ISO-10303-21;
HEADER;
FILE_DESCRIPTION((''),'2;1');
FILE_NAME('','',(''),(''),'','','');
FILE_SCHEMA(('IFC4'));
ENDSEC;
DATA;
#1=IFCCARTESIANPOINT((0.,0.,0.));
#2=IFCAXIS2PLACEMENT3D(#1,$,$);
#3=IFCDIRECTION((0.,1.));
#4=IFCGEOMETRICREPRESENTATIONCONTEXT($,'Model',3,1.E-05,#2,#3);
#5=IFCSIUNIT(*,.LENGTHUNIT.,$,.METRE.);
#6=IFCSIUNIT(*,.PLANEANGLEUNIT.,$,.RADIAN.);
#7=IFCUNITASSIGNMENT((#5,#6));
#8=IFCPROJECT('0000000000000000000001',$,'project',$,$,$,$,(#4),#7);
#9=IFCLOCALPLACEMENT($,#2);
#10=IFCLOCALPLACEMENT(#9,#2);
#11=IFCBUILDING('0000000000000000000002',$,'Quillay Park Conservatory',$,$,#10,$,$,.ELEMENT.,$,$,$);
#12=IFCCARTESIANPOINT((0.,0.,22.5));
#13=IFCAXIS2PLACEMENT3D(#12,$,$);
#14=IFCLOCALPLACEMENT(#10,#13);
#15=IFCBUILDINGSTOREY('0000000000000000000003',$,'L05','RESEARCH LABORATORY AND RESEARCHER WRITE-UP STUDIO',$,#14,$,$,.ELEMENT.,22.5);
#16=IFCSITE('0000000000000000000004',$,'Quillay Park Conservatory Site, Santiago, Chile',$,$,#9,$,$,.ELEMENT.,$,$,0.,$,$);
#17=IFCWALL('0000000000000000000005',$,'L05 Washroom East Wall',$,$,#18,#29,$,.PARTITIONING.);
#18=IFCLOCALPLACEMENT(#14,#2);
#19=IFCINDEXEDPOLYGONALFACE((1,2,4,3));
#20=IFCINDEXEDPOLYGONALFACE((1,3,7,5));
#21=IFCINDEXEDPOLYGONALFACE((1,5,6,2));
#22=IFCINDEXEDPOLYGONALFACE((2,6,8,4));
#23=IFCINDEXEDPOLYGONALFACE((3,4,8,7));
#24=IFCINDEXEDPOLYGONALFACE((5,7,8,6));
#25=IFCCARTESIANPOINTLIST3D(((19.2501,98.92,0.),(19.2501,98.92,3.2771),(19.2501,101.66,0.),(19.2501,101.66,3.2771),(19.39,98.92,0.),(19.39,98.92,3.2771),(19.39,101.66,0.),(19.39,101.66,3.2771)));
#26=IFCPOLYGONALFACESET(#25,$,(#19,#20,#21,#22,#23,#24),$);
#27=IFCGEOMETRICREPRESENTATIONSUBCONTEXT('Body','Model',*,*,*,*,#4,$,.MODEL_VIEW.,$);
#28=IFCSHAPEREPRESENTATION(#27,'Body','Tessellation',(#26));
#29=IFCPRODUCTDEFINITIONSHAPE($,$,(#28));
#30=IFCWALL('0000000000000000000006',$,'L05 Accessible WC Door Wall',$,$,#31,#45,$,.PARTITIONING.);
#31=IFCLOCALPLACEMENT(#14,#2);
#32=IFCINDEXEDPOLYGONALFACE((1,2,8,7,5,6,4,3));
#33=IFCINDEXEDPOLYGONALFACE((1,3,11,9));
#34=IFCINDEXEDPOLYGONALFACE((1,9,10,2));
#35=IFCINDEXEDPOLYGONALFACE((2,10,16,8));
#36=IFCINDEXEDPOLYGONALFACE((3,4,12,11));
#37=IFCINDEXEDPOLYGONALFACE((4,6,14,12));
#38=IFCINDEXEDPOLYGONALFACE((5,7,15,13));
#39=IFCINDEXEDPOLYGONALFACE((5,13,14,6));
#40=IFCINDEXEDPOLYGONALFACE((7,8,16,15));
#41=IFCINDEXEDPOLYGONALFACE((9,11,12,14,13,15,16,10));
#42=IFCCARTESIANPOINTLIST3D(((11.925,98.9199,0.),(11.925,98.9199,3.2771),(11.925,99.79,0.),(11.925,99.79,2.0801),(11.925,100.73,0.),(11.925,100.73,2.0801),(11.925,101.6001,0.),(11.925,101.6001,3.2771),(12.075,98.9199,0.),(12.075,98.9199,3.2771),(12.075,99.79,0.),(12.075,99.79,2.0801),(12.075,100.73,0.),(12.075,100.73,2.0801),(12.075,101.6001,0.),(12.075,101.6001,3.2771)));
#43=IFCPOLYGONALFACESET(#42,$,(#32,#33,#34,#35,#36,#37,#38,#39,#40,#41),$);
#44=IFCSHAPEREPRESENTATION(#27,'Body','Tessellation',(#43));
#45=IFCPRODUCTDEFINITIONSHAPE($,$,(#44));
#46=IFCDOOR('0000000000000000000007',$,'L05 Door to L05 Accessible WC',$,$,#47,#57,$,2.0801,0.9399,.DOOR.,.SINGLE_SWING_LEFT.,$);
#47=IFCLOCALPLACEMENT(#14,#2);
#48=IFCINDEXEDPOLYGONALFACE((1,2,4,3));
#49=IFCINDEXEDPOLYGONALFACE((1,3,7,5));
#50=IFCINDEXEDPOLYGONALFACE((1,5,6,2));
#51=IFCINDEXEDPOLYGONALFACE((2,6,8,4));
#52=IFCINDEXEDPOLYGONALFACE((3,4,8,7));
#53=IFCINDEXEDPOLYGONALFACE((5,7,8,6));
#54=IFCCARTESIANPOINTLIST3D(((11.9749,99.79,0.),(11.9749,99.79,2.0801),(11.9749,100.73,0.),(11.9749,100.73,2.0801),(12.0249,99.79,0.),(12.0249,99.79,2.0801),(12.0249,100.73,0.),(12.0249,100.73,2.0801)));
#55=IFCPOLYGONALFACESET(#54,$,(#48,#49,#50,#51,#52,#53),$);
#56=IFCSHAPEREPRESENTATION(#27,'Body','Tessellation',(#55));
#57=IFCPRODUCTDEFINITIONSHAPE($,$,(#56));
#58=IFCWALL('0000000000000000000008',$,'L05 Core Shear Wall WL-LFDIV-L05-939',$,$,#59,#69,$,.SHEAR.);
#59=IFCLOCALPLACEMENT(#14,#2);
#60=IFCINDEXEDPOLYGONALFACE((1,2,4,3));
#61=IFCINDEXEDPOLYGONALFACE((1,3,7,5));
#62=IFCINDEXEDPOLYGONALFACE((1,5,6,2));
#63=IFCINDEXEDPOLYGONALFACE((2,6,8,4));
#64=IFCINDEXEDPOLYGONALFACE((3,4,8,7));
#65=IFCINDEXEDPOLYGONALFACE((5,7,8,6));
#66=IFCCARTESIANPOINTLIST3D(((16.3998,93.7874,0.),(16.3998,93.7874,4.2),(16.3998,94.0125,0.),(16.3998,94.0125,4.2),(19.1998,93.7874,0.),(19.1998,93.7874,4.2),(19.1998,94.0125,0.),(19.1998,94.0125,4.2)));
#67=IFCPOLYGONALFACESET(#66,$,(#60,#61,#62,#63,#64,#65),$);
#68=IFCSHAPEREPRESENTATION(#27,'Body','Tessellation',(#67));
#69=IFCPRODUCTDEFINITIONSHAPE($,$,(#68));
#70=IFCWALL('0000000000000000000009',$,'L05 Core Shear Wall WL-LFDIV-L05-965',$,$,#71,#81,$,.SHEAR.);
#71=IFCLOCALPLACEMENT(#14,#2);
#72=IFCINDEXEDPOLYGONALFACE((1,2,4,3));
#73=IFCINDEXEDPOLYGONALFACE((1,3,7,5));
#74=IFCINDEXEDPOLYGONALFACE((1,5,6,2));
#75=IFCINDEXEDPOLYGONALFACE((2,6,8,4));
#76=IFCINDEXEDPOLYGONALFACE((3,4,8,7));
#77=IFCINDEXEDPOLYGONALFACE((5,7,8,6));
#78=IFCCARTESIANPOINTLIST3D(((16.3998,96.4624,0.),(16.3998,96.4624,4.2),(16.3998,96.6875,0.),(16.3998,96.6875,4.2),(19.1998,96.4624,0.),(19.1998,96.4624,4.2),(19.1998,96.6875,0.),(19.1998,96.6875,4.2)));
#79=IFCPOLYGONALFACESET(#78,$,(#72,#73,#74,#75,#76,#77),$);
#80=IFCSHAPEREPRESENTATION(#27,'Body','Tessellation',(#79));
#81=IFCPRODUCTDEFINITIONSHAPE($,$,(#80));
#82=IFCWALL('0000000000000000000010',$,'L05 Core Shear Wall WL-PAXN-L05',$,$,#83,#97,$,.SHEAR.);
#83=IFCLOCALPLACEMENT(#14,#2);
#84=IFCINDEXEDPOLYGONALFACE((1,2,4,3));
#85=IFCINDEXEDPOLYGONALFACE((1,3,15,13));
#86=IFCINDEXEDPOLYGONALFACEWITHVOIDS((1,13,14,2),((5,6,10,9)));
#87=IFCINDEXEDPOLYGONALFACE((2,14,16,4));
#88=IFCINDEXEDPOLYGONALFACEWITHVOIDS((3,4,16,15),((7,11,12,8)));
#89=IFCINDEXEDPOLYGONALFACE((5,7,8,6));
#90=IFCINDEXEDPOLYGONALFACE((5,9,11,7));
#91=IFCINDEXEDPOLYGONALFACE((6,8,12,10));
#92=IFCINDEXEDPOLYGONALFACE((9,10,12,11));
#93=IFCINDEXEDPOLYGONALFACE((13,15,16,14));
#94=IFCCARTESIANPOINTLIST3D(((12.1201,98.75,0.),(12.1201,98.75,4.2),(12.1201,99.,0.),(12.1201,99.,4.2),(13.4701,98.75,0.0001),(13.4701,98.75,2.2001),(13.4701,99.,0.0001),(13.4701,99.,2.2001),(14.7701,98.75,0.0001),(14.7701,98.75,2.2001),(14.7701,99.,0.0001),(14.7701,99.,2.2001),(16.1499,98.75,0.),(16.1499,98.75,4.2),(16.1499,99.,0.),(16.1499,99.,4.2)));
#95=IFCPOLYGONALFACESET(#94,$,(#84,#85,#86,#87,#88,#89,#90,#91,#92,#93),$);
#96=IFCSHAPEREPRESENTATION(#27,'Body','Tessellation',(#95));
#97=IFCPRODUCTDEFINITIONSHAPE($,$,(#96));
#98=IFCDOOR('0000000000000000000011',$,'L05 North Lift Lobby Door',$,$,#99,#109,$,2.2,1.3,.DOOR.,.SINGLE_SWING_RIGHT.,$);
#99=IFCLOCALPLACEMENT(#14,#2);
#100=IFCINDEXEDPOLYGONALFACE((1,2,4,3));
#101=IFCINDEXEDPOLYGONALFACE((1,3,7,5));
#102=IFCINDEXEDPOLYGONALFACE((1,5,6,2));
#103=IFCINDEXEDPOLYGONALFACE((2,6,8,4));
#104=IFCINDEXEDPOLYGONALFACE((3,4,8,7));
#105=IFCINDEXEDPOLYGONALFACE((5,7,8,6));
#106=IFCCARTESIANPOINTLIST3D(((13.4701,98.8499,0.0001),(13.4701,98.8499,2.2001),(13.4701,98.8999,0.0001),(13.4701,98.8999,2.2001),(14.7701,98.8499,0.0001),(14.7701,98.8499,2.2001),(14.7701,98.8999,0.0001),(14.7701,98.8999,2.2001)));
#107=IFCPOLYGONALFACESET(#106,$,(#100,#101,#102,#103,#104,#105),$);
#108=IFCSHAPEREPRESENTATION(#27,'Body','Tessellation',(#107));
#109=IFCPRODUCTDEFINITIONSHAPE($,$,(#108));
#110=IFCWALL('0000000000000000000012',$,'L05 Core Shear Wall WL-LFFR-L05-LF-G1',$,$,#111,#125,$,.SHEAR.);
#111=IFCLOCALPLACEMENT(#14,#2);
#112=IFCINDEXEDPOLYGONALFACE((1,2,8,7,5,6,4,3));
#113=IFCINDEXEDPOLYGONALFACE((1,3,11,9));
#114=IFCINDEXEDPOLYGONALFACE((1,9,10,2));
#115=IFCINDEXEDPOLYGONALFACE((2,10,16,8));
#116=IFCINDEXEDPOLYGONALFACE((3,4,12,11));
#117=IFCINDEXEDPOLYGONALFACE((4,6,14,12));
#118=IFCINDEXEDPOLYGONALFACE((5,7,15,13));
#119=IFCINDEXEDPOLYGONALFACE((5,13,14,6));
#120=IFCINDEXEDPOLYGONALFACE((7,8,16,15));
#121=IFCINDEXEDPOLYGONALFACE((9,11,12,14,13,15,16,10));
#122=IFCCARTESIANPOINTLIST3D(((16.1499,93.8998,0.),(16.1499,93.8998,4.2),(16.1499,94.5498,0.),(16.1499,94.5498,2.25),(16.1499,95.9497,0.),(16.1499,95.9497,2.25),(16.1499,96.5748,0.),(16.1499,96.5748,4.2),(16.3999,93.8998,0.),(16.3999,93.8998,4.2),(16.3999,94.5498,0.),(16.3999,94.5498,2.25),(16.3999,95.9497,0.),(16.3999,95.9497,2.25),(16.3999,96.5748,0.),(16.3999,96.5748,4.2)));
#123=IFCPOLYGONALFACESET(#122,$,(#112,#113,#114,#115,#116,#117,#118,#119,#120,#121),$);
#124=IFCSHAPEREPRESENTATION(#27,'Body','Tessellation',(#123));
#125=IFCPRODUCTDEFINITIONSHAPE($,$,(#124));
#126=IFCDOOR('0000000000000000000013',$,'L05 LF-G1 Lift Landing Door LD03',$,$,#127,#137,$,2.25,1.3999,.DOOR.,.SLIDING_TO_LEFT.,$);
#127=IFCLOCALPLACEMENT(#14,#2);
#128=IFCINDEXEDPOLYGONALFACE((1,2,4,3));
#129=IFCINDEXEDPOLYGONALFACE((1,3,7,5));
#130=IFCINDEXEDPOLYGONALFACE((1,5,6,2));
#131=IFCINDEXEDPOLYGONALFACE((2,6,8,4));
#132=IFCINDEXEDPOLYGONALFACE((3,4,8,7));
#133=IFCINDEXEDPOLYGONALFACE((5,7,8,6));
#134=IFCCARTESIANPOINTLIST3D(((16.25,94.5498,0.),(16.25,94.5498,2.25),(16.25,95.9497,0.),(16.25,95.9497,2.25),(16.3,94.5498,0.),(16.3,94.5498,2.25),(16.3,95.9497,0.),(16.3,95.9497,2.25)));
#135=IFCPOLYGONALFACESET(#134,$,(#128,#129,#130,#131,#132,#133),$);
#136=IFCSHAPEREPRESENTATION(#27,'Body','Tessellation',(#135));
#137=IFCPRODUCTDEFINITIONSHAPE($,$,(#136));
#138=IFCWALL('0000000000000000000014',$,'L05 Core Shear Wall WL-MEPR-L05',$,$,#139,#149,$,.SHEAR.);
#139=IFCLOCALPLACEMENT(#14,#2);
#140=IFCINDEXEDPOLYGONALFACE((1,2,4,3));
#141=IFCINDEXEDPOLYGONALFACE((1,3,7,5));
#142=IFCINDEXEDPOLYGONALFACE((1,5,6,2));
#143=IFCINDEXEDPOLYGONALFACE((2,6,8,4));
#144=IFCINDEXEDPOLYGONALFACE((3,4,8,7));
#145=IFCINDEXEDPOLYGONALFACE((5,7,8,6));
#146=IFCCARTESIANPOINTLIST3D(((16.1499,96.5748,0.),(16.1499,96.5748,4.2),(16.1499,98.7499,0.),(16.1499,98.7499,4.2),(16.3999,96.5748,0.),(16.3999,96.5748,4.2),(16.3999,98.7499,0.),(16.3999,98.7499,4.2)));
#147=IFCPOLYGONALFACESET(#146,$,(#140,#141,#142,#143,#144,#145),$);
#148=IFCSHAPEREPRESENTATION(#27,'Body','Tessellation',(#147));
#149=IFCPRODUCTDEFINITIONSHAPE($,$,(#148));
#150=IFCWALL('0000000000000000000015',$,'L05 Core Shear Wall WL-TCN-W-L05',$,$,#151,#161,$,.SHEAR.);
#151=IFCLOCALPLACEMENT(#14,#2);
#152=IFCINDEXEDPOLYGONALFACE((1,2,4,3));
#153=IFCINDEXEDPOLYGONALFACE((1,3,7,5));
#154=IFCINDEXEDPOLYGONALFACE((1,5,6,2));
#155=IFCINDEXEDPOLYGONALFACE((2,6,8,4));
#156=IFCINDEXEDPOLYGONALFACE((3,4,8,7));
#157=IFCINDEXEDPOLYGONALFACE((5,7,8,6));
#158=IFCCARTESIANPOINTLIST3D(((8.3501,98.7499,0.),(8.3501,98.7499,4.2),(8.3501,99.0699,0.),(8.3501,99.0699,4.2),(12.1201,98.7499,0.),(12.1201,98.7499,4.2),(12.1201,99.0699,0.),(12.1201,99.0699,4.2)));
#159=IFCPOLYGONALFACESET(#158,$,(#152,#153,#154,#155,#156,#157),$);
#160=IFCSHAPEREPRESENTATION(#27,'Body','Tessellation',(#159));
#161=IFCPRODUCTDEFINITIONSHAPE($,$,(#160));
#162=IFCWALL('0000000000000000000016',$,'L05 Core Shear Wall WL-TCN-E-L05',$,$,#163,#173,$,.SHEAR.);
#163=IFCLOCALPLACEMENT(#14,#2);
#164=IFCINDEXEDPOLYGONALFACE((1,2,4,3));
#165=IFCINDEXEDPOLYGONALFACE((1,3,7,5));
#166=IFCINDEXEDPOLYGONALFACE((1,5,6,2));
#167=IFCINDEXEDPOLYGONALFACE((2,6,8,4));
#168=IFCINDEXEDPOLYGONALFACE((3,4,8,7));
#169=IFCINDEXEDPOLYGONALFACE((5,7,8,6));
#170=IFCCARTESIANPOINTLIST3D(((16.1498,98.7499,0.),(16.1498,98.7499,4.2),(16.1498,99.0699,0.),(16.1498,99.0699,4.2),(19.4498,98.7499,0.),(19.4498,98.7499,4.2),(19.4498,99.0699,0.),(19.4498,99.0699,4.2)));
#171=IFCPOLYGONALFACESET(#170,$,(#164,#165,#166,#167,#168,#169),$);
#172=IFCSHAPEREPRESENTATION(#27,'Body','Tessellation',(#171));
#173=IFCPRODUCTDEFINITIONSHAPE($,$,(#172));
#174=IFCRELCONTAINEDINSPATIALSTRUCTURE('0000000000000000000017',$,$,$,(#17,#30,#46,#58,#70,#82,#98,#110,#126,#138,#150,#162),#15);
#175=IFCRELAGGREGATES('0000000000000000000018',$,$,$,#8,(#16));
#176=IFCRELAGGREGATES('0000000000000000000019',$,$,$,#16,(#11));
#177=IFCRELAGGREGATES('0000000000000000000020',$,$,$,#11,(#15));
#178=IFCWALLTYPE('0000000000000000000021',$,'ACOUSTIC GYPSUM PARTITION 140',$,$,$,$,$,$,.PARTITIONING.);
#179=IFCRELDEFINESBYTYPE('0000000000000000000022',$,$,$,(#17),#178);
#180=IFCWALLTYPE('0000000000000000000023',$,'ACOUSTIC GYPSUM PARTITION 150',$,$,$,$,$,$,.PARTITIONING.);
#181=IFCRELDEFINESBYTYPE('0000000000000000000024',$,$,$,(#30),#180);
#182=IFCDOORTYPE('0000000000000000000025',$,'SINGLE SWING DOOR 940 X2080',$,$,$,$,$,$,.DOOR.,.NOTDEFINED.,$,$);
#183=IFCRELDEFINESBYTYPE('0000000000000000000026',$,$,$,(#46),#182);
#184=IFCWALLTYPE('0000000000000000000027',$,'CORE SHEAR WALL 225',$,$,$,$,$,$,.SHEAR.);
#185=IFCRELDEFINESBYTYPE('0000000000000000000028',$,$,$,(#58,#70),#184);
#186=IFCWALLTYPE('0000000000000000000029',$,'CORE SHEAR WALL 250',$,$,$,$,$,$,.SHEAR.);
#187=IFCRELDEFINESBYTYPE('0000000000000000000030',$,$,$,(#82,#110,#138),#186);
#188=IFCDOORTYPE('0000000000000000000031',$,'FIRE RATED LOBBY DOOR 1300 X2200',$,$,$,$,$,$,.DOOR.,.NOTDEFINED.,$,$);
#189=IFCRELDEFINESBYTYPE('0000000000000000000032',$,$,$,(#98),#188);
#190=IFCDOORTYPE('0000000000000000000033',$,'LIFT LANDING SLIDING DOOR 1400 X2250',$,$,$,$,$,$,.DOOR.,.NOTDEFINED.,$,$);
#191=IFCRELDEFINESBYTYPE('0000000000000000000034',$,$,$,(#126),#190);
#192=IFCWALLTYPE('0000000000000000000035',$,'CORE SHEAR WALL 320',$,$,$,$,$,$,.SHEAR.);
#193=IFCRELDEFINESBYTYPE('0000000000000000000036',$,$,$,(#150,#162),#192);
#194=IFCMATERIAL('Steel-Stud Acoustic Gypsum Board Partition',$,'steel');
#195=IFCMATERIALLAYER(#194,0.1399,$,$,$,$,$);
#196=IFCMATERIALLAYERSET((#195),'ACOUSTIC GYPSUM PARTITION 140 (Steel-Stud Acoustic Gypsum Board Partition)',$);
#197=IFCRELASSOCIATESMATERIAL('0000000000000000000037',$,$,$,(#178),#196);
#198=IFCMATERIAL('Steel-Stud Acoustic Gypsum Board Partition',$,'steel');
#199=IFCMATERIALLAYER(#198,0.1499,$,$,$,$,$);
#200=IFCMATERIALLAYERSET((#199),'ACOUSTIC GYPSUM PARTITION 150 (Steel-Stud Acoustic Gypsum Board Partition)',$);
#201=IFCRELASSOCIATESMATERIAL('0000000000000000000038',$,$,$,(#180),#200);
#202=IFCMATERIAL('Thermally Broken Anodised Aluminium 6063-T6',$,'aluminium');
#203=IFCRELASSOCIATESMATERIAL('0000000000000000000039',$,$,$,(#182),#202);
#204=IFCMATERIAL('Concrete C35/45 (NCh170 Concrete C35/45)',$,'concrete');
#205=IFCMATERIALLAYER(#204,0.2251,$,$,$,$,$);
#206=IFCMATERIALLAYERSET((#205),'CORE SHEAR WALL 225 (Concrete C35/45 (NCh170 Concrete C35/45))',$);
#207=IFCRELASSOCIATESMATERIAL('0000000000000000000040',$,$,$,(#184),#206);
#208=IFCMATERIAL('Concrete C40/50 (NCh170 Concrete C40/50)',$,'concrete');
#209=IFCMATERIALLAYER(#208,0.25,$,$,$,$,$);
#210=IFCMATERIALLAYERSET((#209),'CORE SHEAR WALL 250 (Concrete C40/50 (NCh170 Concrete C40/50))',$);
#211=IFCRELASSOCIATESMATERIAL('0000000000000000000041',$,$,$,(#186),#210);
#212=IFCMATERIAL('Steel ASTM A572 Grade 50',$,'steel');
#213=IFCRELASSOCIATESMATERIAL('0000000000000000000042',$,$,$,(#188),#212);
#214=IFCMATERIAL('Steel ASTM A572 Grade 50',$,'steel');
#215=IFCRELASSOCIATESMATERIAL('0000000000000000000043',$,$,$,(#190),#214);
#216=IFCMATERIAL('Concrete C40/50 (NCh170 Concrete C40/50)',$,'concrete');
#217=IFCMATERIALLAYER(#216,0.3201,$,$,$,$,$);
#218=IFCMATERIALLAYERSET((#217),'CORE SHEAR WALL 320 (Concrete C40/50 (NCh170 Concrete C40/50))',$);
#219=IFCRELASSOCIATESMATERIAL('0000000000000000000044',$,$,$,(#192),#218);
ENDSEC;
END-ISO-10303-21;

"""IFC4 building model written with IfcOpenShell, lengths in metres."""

from ifc_helpers import new_model, si_unit, direction, frame, frame_2d, origin, place, context, subcontext, project, spatial, rectangle, extrude, material, layer, layer_set, type_object, element, fill, save


model = new_model("IFC4")

# Units and contexts
model_context = context("Model", 3, precision=1e-05, world=origin(), true_north=direction((0.0, 1.0)))
body_context = subcontext(model_context, "Body", "Model", "MODEL_VIEW")
ifc_project = project(units=[si_unit("LENGTHUNIT", "METRE"), si_unit("PLANEANGLEUNIT", "RADIAN")], contexts=[model_context])

# Site, building, storey
site_placement = place(None, origin())
site = spatial("IfcSite", under=ifc_project, at=site_placement, Name="Quillay Park Conservatory Site, Santiago, Chile", CompositionType="ELEMENT", RefElevation=0.0)
building_placement = place(site_placement, origin())
building = spatial("IfcBuilding", under=site, at=building_placement, Name="Quillay Park Conservatory", CompositionType="ELEMENT")
storey_placement = place(building_placement, frame((0.0, 0.0, 22.5)))
storey = spatial("IfcBuildingStorey", under=building, at=storey_placement, Name="L05", Description="RESEARCH LABORATORY AND RESEARCHER WRITE-UP STUDIO", CompositionType="ELEMENT", Elevation=22.5)

# Wall
ifc_material_1 = material(Name="Steel-Stud Acoustic Gypsum Board Partition", Category="steel")
ifc_layer_1 = layer(ifc_material_1, 0.1399)
ifc_layer_set_1 = layer_set([ifc_layer_1], Name="ACOUSTIC GYPSUM PARTITION 140 (Steel-Stud Acoustic Gypsum Board Partition)")
wall_type_1 = type_object("IfcWallType", Name="ACOUSTIC GYPSUM PARTITION 140", PredefinedType="PARTITIONING", material=ifc_layer_set_1)
wall_1_placement = place(storey_placement, frame((19.3201, 98.9199, 0.0), z_axis=(0.0, 0.0, 1.0), x_axis=(0.0, 1.0, 0.0)))
element("IfcWall", 1, at=wall_1_placement, inside=storey, type_object=wall_type_1, Name="L05 Washroom East Wall", PredefinedType="PARTITIONING", context=body_context, shape_type="SweptSolid", body=[
    extrude(rectangle(XDim=2.74, YDim=0.1399, at=frame_2d((1.3701, 0.0))), origin(), (0.0, 0.0, 1.0), 3.2771),
])

# Wall, opening, door
ifc_material_2 = material(Name="Steel-Stud Acoustic Gypsum Board Partition", Category="steel")
ifc_layer_2 = layer(ifc_material_2, 0.1499)
ifc_layer_set_2 = layer_set([ifc_layer_2], Name="ACOUSTIC GYPSUM PARTITION 150 (Steel-Stud Acoustic Gypsum Board Partition)")
wall_type_2 = type_object("IfcWallType", Name="ACOUSTIC GYPSUM PARTITION 150", PredefinedType="PARTITIONING", material=ifc_layer_set_2)
wall_2_placement = place(storey_placement, frame((12.0, 101.6001, 0.0), z_axis=(0.0, 0.0, 1.0), x_axis=(0.0, -1.0, 0.0)))
wall_2 = element("IfcWall", 2, at=wall_2_placement, inside=storey, type_object=wall_type_2, Name="L05 Accessible WC Door Wall", PredefinedType="PARTITIONING", context=body_context, shape_type="SweptSolid", body=[
    extrude(rectangle(XDim=2.6802, YDim=0.1499, at=frame_2d((1.3401, 0.0))), origin(), (0.0, 0.0, 1.0), 3.2771),
])
opening_1_placement = place(wall_2_placement, frame((0.8701, 0.0, 0.0)))
opening_1 = element("IfcOpeningElement", 3, at=opening_1_placement, cuts=wall_2, PredefinedType="OPENING", context=body_context, shape_type="SweptSolid", body=[
    extrude(rectangle(XDim=0.9399, YDim=2.0801, at=frame_2d((0.47, 1.04))), frame((0.0, 0.075, 0.0), z_axis=(0.0, -1.0, 0.0), x_axis=(1.0, 0.0, 0.0)), (0.0, 0.0, 1.0), 0.1499),
])
ifc_material_3 = material(Name="Thermally Broken Anodised Aluminium 6063-T6", Category="aluminium")
door_type_1 = type_object("IfcDoorType", Name="SINGLE SWING DOOR 940 X2080", OperationType="NOTDEFINED", PredefinedType="DOOR", material=ifc_material_3)
door_1_placement = place(opening_1_placement, origin())
door_1 = element("IfcDoor", 4, at=door_1_placement, inside=storey, type_object=door_type_1, Name="L05 Door to L05 Accessible WC", OperationType="SINGLE_SWING_LEFT", OverallHeight=2.0801, OverallWidth=0.9399, PredefinedType="DOOR", context=body_context, shape_type="SweptSolid", body=[
    extrude(rectangle(XDim=0.9399, YDim=2.0801, at=frame_2d((0.47, 1.04))), frame((0.0, 0.0249, 0.0), z_axis=(0.0, -1.0, 0.0), x_axis=(1.0, 0.0, 0.0)), (0.0, 0.0, 1.0), 0.05),
])
fill(opening_1, door_1)

# Walls
ifc_material_4 = material(Name="Concrete C35/45 (NCh170 Concrete C35/45)", Category="concrete")
ifc_layer_3 = layer(ifc_material_4, 0.2251)
ifc_layer_set_3 = layer_set([ifc_layer_3], Name="CORE SHEAR WALL 225 (Concrete C35/45 (NCh170 Concrete C35/45))")
wall_type_3 = type_object("IfcWallType", Name="CORE SHEAR WALL 225", PredefinedType="SHEAR", material=ifc_layer_set_3)
for number, where, z_axis, x_axis, name in (
    (5, (16.3999, 93.8999, 0.0), (0.0, 0.0, 1.0), (1.0, 0.0, 0.0), "L05 Core Shear Wall WL-LFDIV-L05-939"),
    (6, (16.3999, 96.575, 0.0), (0.0, 0.0, 1.0), (1.0, 0.0, 0.0), "L05 Core Shear Wall WL-LFDIV-L05-965"),
):
    element("IfcWall", number, at=place(storey_placement, frame(where, z_axis=z_axis, x_axis=x_axis)), inside=storey, type_object=wall_type_3, Name=name, PredefinedType="SHEAR", context=body_context, shape_type="SweptSolid", body=[
        extrude(rectangle(XDim=2.8, YDim=0.2251, at=frame_2d((1.3999, 0.0))), origin(), (0.0, 0.0, 1.0), 4.2),
    ])

# Walls, openings, doors
ifc_material_5 = material(Name="Concrete C40/50 (NCh170 Concrete C40/50)", Category="concrete")
ifc_layer_4 = layer(ifc_material_5, 0.25)
ifc_layer_set_4 = layer_set([ifc_layer_4], Name="CORE SHEAR WALL 250 (Concrete C40/50 (NCh170 Concrete C40/50))")
wall_type_4 = type_object("IfcWallType", Name="CORE SHEAR WALL 250", PredefinedType="SHEAR", material=ifc_layer_set_4)
wall_3_placement = place(storey_placement, frame((12.1201, 98.875, 0.0), z_axis=(0.0, 0.0, 1.0), x_axis=(1.0, 0.0, 0.0)))
wall_3 = element("IfcWall", 7, at=wall_3_placement, inside=storey, type_object=wall_type_4, Name="L05 Core Shear Wall WL-PAXN-L05", PredefinedType="SHEAR", context=body_context, shape_type="SweptSolid", body=[
    extrude(rectangle(XDim=4.0298, YDim=0.25, at=frame_2d((2.0149, 0.0))), origin(), (0.0, 0.0, 1.0), 4.2),
])
opening_2_placement = place(wall_3_placement, frame((1.3501, 0.0, 0.0)))
opening_2 = element("IfcOpeningElement", 8, at=opening_2_placement, cuts=wall_3, PredefinedType="OPENING", context=body_context, shape_type="SweptSolid", body=[
    extrude(rectangle(XDim=1.3, YDim=2.2, at=frame_2d((0.6499, 1.1001))), frame((0.0, 0.125, 0.0), z_axis=(0.0, -1.0, 0.0), x_axis=(1.0, 0.0, 0.0)), (0.0, 0.0, 1.0), 0.25),
])
ifc_material_6 = material(Name="Steel ASTM A572 Grade 50", Category="steel")
door_type_2 = type_object("IfcDoorType", Name="FIRE RATED LOBBY DOOR 1300 X2200", OperationType="NOTDEFINED", PredefinedType="DOOR", material=ifc_material_6)
door_2_placement = place(opening_2_placement, origin())
door_2 = element("IfcDoor", 9, at=door_2_placement, inside=storey, type_object=door_type_2, Name="L05 North Lift Lobby Door", OperationType="SINGLE_SWING_RIGHT", OverallHeight=2.2, OverallWidth=1.3, PredefinedType="DOOR", context=body_context, shape_type="SweptSolid", body=[
    extrude(rectangle(XDim=1.3, YDim=2.2, at=frame_2d((0.6499, 1.1001))), frame((0.0, 0.0249, 0.0), z_axis=(0.0, -1.0, 0.0), x_axis=(1.0, 0.0, 0.0)), (0.0, 0.0, 1.0), 0.05),
])
fill(opening_2, door_2)
wall_4_placement = place(storey_placement, frame((16.2749, 93.8999, 0.0), z_axis=(0.0, 0.0, 1.0), x_axis=(0.0, 1.0, 0.0)))
wall_4 = element("IfcWall", 10, at=wall_4_placement, inside=storey, type_object=wall_type_4, Name="L05 Core Shear Wall WL-LFFR-L05-LF-G1", PredefinedType="SHEAR", context=body_context, shape_type="SweptSolid", body=[
    extrude(rectangle(XDim=2.675, YDim=0.25, at=frame_2d((1.3374, 0.0))), origin(), (0.0, 0.0, 1.0), 4.2),
])
opening_3_placement = place(wall_4_placement, frame((0.6499, 0.0, 0.0)))
opening_3 = element("IfcOpeningElement", 11, at=opening_3_placement, cuts=wall_4, PredefinedType="OPENING", context=body_context, shape_type="SweptSolid", body=[
    extrude(rectangle(XDim=1.3999, YDim=2.25, at=frame_2d((0.7, 1.125))), frame((0.0, 0.125, 0.0), z_axis=(0.0, -1.0, 0.0), x_axis=(1.0, 0.0, 0.0)), (0.0, 0.0, 1.0), 0.25),
])
ifc_material_7 = material(Name="Steel ASTM A572 Grade 50", Category="steel")
door_type_3 = type_object("IfcDoorType", Name="LIFT LANDING SLIDING DOOR 1400 X2250", OperationType="NOTDEFINED", PredefinedType="DOOR", material=ifc_material_7)
door_3_placement = place(opening_3_placement, origin())
door_3 = element("IfcDoor", 12, at=door_3_placement, inside=storey, type_object=door_type_3, Name="L05 LF-G1 Lift Landing Door LD03", OperationType="SLIDING_TO_LEFT", OverallHeight=2.25, OverallWidth=1.3999, PredefinedType="DOOR", context=body_context, shape_type="SweptSolid", body=[
    extrude(rectangle(XDim=1.3999, YDim=2.25, at=frame_2d((0.7, 1.125))), frame((0.0, 0.0249, 0.0), z_axis=(0.0, -1.0, 0.0), x_axis=(1.0, 0.0, 0.0)), (0.0, 0.0, 1.0), 0.05),
])
fill(opening_3, door_3)

# Walls
wall_5_placement = place(storey_placement, frame((16.2749, 96.575, 0.0), z_axis=(0.0, 0.0, 1.0), x_axis=(0.0, 1.0, 0.0)))
element("IfcWall", 13, at=wall_5_placement, inside=storey, type_object=wall_type_4, Name="L05 Core Shear Wall WL-MEPR-L05", PredefinedType="SHEAR", context=body_context, shape_type="SweptSolid", body=[
    extrude(rectangle(XDim=2.175, YDim=0.25, at=frame_2d((1.0874, 0.0))), origin(), (0.0, 0.0, 1.0), 4.2),
])
ifc_material_8 = material(Name="Concrete C40/50 (NCh170 Concrete C40/50)", Category="concrete")
ifc_layer_5 = layer(ifc_material_8, 0.3201)
ifc_layer_set_5 = layer_set([ifc_layer_5], Name="CORE SHEAR WALL 320 (Concrete C40/50 (NCh170 Concrete C40/50))")
wall_type_5 = type_object("IfcWallType", Name="CORE SHEAR WALL 320", PredefinedType="SHEAR", material=ifc_layer_set_5)
wall_6_placement = place(storey_placement, frame((8.3501, 98.9099, 0.0), z_axis=(0.0, 0.0, 1.0), x_axis=(1.0, 0.0, 0.0)))
element("IfcWall", 14, at=wall_6_placement, inside=storey, type_object=wall_type_5, Name="L05 Core Shear Wall WL-TCN-W-L05", PredefinedType="SHEAR", context=body_context, shape_type="SweptSolid", body=[
    extrude(rectangle(XDim=3.77, YDim=0.3201, at=frame_2d((1.885, 0.0))), origin(), (0.0, 0.0, 1.0), 4.2),
])
wall_7_placement = place(storey_placement, frame((16.1499, 98.9099, 0.0), z_axis=(0.0, 0.0, 1.0), x_axis=(1.0, 0.0, 0.0)))
element("IfcWall", 15, at=wall_7_placement, inside=storey, type_object=wall_type_5, Name="L05 Core Shear Wall WL-TCN-E-L05", PredefinedType="SHEAR", context=body_context, shape_type="SweptSolid", body=[
    extrude(rectangle(XDim=3.3, YDim=0.3201, at=frame_2d((1.6499, 0.0))), origin(), (0.0, 0.0, 1.0), 4.2),
])

save(model, "model.ifc")
